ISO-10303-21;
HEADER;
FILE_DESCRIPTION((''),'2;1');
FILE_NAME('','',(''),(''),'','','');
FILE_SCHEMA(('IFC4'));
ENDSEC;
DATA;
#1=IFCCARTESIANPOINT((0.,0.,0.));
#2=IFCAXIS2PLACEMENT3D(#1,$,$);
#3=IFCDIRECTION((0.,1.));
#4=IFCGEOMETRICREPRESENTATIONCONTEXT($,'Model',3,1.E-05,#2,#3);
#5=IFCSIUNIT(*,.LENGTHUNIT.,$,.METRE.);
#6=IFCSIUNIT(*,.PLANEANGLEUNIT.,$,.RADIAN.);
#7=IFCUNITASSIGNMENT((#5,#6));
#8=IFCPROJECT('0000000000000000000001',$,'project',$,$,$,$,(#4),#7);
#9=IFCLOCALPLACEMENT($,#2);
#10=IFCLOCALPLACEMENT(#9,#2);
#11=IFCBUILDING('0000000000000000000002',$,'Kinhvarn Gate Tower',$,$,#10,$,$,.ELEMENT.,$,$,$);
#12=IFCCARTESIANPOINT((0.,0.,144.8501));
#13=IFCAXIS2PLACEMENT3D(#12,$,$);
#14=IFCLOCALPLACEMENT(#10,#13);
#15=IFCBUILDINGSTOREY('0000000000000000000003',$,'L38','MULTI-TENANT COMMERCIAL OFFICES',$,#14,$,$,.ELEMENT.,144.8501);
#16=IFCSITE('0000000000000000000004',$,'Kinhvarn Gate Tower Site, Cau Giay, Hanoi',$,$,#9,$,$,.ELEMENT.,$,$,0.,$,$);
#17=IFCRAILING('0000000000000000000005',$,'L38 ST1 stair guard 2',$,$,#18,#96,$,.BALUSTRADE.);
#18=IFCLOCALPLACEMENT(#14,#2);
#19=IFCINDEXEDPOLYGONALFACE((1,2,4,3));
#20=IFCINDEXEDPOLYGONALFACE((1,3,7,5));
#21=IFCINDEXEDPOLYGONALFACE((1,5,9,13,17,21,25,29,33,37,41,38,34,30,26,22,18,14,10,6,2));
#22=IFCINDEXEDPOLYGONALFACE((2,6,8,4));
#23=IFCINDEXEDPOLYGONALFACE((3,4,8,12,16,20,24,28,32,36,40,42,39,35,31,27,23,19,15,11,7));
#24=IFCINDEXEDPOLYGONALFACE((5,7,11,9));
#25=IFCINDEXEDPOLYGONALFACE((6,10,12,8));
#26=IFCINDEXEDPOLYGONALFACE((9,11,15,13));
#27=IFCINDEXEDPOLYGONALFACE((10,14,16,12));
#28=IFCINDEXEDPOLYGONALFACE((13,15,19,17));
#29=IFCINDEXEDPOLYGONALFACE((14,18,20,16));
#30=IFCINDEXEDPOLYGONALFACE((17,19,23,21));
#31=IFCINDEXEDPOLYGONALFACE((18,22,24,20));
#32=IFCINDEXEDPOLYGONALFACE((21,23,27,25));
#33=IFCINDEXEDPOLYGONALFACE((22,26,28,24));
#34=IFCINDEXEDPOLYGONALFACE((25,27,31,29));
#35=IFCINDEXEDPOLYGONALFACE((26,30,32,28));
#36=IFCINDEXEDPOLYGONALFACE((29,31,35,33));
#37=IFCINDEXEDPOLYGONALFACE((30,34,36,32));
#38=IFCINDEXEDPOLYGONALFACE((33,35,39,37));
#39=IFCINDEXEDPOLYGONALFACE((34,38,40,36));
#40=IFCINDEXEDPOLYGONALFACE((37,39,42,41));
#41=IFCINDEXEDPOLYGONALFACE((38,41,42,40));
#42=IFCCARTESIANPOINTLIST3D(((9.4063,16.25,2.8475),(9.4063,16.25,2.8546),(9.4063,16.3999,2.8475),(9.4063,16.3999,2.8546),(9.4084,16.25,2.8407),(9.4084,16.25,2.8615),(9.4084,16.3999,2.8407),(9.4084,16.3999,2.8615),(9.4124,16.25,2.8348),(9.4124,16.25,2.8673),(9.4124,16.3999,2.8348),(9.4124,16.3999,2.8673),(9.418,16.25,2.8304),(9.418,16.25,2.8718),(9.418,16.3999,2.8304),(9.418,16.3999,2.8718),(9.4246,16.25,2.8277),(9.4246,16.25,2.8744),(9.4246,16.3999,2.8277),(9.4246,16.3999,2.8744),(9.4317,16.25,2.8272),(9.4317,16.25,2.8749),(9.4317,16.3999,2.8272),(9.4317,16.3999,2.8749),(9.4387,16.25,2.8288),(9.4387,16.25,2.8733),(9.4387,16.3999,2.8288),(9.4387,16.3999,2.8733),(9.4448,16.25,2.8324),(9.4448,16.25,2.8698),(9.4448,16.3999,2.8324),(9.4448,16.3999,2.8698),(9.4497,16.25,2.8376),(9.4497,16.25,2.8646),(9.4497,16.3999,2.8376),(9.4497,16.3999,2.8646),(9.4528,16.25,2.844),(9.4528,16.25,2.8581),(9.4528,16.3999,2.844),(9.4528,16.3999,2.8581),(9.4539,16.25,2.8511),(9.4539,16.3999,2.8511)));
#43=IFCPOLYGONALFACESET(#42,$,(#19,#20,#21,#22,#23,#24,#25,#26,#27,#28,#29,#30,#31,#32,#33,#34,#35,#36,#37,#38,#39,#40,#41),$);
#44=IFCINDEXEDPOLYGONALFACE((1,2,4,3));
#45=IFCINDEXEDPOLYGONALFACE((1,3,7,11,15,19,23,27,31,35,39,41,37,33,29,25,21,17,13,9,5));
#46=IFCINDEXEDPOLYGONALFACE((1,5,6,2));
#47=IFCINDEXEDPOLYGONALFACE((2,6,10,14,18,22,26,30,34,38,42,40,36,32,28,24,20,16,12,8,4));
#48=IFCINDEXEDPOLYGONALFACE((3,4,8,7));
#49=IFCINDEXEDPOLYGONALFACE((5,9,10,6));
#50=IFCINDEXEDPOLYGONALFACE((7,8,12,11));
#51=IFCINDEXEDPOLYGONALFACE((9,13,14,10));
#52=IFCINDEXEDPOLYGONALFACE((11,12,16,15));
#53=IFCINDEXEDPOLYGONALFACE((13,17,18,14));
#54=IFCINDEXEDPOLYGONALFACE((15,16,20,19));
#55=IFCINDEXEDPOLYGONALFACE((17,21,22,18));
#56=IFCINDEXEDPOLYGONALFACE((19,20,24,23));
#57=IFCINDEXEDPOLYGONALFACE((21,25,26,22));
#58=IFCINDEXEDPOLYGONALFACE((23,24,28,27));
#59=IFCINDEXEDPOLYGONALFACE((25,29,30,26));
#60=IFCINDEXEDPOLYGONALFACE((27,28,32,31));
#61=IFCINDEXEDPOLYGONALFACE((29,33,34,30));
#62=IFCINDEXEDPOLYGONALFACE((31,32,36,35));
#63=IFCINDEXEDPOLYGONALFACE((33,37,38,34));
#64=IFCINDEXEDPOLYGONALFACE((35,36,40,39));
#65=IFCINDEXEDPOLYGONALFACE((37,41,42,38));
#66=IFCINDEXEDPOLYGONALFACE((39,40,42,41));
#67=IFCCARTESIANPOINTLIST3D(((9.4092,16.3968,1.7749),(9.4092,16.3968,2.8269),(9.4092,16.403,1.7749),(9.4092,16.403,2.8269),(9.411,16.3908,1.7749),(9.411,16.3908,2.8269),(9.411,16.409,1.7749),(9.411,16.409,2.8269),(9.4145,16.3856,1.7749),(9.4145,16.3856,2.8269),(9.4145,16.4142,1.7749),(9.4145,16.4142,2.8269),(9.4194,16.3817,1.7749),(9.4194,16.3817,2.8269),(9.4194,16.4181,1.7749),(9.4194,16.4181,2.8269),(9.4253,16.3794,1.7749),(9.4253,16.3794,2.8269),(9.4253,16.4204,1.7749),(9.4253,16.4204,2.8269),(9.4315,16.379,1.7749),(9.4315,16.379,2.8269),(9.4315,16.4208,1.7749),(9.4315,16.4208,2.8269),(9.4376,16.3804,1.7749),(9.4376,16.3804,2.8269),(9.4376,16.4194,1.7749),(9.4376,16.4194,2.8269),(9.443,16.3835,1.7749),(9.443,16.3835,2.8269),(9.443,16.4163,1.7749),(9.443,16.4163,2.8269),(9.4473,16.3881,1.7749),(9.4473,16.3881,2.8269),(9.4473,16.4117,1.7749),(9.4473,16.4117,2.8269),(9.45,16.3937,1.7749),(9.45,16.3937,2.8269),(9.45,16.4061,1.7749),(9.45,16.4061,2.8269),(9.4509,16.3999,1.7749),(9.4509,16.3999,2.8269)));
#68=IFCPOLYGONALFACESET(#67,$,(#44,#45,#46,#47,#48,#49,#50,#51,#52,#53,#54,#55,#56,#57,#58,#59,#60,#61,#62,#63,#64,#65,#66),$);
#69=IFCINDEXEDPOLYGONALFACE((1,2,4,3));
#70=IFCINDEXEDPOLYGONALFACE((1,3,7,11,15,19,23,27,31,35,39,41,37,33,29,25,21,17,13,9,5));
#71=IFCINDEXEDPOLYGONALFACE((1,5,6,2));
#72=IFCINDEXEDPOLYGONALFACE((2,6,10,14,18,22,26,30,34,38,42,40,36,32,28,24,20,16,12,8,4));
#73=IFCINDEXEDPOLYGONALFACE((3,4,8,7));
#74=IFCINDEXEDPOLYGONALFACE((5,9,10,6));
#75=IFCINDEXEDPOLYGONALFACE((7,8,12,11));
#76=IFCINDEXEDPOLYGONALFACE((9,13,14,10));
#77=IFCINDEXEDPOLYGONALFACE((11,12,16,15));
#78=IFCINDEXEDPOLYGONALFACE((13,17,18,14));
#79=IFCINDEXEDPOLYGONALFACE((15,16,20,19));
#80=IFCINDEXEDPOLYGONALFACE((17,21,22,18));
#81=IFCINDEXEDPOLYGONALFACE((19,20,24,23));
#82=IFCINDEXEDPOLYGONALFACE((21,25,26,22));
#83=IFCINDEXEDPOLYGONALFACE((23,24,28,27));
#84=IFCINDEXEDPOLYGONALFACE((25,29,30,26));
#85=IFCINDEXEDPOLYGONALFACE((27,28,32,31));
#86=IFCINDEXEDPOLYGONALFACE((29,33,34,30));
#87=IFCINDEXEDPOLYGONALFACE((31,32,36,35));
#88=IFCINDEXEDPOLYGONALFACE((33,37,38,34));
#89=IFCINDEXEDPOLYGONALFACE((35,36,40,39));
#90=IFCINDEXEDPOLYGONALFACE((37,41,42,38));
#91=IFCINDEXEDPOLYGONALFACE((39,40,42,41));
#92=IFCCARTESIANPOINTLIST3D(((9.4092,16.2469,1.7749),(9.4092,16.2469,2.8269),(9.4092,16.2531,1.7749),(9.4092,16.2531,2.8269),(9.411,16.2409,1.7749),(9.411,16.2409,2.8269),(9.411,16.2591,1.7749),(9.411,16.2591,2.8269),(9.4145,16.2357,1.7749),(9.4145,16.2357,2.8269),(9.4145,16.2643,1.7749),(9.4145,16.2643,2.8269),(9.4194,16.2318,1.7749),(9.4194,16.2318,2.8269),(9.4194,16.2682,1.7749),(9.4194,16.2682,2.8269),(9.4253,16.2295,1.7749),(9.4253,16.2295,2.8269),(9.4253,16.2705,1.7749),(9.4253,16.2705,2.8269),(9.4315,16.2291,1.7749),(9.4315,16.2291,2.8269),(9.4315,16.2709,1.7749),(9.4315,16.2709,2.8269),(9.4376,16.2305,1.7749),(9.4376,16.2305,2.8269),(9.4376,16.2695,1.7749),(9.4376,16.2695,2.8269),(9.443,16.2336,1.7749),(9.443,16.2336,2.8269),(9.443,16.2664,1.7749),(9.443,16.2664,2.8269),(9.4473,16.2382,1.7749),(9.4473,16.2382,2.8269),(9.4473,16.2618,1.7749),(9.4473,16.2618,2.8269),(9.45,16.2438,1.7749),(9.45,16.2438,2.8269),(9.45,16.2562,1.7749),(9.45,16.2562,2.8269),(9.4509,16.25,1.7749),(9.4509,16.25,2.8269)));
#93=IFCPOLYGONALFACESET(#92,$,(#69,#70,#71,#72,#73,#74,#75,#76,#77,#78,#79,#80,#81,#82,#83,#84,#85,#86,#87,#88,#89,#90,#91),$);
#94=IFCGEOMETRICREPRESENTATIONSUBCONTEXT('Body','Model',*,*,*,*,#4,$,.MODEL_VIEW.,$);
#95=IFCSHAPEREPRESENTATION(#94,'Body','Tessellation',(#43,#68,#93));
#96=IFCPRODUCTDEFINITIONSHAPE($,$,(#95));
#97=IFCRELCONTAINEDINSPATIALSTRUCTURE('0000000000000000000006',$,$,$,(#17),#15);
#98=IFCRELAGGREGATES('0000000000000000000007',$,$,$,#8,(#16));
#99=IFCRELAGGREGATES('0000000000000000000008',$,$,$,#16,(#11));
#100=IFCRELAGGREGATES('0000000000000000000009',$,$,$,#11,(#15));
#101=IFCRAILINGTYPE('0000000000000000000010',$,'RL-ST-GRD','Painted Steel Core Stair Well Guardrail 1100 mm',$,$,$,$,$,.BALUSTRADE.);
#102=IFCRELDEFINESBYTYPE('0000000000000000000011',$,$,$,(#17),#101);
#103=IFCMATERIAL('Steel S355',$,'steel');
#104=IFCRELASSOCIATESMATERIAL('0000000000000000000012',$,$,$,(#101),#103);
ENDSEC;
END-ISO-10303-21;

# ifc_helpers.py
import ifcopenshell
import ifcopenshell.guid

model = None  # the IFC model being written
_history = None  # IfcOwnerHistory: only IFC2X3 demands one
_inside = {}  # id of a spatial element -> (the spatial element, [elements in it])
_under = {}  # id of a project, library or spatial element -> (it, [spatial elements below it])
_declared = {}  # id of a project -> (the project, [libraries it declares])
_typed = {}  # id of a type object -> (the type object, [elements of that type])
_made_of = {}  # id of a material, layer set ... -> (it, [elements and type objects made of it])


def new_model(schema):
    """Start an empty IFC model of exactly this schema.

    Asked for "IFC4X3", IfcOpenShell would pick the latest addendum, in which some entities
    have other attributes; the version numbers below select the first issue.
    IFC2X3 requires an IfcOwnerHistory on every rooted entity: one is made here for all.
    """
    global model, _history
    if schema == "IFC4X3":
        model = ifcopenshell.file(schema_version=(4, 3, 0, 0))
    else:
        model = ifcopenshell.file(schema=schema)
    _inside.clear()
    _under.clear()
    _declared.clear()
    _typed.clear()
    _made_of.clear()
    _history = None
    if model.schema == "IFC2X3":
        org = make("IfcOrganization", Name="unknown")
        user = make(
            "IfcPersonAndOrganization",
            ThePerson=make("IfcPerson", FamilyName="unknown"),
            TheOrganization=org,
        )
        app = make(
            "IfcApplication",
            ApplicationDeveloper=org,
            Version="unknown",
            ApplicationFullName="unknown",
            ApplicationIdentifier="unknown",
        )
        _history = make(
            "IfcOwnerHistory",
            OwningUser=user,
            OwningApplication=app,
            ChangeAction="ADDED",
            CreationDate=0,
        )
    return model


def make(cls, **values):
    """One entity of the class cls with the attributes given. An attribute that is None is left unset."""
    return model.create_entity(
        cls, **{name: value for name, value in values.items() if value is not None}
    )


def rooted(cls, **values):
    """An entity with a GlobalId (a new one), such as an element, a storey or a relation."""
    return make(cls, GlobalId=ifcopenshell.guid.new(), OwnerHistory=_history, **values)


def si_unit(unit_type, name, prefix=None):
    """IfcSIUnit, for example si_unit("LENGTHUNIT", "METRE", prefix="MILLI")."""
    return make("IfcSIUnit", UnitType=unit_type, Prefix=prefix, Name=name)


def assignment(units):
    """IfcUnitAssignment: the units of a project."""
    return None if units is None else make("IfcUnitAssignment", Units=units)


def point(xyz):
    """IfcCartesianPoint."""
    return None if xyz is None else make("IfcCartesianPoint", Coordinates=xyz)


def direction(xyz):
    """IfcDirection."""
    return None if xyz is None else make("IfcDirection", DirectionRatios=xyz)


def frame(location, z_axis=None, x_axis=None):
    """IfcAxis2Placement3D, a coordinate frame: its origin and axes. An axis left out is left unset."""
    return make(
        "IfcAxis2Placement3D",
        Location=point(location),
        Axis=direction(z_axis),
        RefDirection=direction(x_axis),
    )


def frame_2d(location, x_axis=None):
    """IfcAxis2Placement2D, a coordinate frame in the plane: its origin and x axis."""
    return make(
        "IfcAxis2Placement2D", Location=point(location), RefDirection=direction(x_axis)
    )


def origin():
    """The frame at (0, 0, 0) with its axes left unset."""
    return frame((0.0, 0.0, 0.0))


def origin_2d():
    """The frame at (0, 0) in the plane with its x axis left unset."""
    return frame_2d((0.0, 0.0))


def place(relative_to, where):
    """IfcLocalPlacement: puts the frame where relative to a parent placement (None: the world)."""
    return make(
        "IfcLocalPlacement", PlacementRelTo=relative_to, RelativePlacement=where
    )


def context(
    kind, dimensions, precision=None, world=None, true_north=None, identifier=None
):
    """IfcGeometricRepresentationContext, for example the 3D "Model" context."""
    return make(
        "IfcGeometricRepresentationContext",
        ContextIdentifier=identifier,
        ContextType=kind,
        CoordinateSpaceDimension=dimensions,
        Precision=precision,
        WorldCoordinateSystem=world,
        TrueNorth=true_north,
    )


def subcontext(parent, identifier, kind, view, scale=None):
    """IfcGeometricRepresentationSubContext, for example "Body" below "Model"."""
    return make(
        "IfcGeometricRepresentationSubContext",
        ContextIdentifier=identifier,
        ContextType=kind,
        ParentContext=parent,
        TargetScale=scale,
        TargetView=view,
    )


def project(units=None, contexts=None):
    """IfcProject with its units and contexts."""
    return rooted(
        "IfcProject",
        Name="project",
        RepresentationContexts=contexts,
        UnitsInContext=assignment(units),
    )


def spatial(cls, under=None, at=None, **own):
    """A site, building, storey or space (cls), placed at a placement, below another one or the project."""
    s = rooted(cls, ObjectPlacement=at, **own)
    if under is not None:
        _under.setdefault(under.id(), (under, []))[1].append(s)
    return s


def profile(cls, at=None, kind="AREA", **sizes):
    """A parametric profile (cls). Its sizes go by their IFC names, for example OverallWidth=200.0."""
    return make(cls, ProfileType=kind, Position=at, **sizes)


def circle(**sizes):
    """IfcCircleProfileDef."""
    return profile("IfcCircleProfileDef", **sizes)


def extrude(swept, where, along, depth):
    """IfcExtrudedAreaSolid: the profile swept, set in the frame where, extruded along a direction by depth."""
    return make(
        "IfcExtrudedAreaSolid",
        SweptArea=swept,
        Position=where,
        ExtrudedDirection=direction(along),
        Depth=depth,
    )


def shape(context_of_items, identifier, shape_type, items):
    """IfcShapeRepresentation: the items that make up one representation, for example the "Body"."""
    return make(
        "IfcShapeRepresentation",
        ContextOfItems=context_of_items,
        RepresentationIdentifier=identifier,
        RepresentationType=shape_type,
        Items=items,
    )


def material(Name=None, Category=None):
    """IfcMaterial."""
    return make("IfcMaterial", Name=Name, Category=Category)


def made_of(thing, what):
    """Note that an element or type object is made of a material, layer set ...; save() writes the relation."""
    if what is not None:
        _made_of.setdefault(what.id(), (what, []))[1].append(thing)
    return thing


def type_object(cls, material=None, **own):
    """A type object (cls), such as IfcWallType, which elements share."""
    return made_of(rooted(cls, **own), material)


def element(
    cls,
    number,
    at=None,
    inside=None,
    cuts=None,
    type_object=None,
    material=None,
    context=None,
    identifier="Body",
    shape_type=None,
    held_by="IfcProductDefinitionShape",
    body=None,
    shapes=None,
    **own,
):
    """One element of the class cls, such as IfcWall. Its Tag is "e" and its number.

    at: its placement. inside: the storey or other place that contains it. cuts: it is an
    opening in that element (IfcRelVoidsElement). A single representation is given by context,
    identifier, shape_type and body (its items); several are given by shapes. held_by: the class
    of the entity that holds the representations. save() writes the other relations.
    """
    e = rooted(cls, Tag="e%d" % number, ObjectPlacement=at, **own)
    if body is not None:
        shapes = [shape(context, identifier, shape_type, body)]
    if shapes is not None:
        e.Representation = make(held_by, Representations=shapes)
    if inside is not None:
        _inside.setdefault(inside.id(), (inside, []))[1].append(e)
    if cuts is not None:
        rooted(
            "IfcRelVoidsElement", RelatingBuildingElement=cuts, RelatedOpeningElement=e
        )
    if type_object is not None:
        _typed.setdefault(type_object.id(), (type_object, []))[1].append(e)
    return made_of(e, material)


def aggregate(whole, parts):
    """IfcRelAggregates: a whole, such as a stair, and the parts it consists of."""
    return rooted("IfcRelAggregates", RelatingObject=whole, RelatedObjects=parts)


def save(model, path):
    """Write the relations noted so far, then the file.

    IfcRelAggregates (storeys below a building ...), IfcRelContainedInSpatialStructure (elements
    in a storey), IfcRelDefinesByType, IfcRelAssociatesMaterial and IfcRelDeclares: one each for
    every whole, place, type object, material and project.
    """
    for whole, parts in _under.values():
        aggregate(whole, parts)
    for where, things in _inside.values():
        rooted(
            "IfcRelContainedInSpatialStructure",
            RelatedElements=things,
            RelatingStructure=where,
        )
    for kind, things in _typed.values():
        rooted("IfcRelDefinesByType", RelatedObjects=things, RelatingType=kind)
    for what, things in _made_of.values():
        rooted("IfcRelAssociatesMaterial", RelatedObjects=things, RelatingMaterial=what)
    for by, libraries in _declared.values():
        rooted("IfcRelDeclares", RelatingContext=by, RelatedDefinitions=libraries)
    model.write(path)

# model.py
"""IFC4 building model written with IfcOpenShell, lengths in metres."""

from ifc_helpers import new_model, si_unit, direction, frame, origin, origin_2d, place, context, subcontext, project, spatial, circle, extrude, material, type_object, element, save


model = new_model("IFC4")

# Units and contexts
model_context = context("Model", 3, precision=1e-05, world=origin(), true_north=direction((0.0, 1.0)))
body_context = subcontext(model_context, "Body", "Model", "MODEL_VIEW")
ifc_project = project(units=[si_unit("LENGTHUNIT", "METRE"), si_unit("PLANEANGLEUNIT", "RADIAN")], contexts=[model_context])

# Site, building, storey
site_placement = place(None, origin())
site = spatial("IfcSite", under=ifc_project, at=site_placement, Name="Kinhvarn Gate Tower Site, Cau Giay, Hanoi", CompositionType="ELEMENT", RefElevation=0.0)
building_placement = place(site_placement, origin())
building = spatial("IfcBuilding", under=site, at=building_placement, Name="Kinhvarn Gate Tower", CompositionType="ELEMENT")
storey_placement = place(building_placement, frame((0.0, 0.0, 144.8501)))
storey = spatial("IfcBuildingStorey", under=building, at=storey_placement, Name="L38", Description="MULTI-TENANT COMMERCIAL OFFICES", CompositionType="ELEMENT", Elevation=144.8501)

# Shared definitions
ifc_material_1 = material(Name="Steel S355", Category="steel")

# Railing
railing_type_1 = type_object("IfcRailingType", Name="RL-ST-GRD", Description="Painted Steel Core Stair Well Guardrail 1100 mm", PredefinedType="BALUSTRADE", material=ifc_material_1)
railing_1_placement = place(storey_placement, frame((9.4299, 16.3999, 1.7749)))
element("IfcRailing", 1, at=railing_1_placement, inside=storey, type_object=railing_type_1, Name="L38 ST1 stair guard 2", PredefinedType="BALUSTRADE", context=body_context, shape_type="SweptSolid", body=[
    extrude(circle(Radius=0.0239, at=origin_2d()), frame((0.0, 0.0, 1.0762), z_axis=(0.0, -1.0, 0.0), x_axis=(1.0, 0.0, 0.0)), (0.0, 0.0, 1.0), 0.1499),
    extrude(circle(Radius=0.021, at=origin_2d()), origin(), (0.0, 0.0, 1.0), 1.052),
    extrude(circle(Radius=0.021, at=origin_2d()), frame((0.0, -0.1499, 0.0)), (0.0, 0.0, 1.0), 1.052),
])

save(model, "model.ifc")
